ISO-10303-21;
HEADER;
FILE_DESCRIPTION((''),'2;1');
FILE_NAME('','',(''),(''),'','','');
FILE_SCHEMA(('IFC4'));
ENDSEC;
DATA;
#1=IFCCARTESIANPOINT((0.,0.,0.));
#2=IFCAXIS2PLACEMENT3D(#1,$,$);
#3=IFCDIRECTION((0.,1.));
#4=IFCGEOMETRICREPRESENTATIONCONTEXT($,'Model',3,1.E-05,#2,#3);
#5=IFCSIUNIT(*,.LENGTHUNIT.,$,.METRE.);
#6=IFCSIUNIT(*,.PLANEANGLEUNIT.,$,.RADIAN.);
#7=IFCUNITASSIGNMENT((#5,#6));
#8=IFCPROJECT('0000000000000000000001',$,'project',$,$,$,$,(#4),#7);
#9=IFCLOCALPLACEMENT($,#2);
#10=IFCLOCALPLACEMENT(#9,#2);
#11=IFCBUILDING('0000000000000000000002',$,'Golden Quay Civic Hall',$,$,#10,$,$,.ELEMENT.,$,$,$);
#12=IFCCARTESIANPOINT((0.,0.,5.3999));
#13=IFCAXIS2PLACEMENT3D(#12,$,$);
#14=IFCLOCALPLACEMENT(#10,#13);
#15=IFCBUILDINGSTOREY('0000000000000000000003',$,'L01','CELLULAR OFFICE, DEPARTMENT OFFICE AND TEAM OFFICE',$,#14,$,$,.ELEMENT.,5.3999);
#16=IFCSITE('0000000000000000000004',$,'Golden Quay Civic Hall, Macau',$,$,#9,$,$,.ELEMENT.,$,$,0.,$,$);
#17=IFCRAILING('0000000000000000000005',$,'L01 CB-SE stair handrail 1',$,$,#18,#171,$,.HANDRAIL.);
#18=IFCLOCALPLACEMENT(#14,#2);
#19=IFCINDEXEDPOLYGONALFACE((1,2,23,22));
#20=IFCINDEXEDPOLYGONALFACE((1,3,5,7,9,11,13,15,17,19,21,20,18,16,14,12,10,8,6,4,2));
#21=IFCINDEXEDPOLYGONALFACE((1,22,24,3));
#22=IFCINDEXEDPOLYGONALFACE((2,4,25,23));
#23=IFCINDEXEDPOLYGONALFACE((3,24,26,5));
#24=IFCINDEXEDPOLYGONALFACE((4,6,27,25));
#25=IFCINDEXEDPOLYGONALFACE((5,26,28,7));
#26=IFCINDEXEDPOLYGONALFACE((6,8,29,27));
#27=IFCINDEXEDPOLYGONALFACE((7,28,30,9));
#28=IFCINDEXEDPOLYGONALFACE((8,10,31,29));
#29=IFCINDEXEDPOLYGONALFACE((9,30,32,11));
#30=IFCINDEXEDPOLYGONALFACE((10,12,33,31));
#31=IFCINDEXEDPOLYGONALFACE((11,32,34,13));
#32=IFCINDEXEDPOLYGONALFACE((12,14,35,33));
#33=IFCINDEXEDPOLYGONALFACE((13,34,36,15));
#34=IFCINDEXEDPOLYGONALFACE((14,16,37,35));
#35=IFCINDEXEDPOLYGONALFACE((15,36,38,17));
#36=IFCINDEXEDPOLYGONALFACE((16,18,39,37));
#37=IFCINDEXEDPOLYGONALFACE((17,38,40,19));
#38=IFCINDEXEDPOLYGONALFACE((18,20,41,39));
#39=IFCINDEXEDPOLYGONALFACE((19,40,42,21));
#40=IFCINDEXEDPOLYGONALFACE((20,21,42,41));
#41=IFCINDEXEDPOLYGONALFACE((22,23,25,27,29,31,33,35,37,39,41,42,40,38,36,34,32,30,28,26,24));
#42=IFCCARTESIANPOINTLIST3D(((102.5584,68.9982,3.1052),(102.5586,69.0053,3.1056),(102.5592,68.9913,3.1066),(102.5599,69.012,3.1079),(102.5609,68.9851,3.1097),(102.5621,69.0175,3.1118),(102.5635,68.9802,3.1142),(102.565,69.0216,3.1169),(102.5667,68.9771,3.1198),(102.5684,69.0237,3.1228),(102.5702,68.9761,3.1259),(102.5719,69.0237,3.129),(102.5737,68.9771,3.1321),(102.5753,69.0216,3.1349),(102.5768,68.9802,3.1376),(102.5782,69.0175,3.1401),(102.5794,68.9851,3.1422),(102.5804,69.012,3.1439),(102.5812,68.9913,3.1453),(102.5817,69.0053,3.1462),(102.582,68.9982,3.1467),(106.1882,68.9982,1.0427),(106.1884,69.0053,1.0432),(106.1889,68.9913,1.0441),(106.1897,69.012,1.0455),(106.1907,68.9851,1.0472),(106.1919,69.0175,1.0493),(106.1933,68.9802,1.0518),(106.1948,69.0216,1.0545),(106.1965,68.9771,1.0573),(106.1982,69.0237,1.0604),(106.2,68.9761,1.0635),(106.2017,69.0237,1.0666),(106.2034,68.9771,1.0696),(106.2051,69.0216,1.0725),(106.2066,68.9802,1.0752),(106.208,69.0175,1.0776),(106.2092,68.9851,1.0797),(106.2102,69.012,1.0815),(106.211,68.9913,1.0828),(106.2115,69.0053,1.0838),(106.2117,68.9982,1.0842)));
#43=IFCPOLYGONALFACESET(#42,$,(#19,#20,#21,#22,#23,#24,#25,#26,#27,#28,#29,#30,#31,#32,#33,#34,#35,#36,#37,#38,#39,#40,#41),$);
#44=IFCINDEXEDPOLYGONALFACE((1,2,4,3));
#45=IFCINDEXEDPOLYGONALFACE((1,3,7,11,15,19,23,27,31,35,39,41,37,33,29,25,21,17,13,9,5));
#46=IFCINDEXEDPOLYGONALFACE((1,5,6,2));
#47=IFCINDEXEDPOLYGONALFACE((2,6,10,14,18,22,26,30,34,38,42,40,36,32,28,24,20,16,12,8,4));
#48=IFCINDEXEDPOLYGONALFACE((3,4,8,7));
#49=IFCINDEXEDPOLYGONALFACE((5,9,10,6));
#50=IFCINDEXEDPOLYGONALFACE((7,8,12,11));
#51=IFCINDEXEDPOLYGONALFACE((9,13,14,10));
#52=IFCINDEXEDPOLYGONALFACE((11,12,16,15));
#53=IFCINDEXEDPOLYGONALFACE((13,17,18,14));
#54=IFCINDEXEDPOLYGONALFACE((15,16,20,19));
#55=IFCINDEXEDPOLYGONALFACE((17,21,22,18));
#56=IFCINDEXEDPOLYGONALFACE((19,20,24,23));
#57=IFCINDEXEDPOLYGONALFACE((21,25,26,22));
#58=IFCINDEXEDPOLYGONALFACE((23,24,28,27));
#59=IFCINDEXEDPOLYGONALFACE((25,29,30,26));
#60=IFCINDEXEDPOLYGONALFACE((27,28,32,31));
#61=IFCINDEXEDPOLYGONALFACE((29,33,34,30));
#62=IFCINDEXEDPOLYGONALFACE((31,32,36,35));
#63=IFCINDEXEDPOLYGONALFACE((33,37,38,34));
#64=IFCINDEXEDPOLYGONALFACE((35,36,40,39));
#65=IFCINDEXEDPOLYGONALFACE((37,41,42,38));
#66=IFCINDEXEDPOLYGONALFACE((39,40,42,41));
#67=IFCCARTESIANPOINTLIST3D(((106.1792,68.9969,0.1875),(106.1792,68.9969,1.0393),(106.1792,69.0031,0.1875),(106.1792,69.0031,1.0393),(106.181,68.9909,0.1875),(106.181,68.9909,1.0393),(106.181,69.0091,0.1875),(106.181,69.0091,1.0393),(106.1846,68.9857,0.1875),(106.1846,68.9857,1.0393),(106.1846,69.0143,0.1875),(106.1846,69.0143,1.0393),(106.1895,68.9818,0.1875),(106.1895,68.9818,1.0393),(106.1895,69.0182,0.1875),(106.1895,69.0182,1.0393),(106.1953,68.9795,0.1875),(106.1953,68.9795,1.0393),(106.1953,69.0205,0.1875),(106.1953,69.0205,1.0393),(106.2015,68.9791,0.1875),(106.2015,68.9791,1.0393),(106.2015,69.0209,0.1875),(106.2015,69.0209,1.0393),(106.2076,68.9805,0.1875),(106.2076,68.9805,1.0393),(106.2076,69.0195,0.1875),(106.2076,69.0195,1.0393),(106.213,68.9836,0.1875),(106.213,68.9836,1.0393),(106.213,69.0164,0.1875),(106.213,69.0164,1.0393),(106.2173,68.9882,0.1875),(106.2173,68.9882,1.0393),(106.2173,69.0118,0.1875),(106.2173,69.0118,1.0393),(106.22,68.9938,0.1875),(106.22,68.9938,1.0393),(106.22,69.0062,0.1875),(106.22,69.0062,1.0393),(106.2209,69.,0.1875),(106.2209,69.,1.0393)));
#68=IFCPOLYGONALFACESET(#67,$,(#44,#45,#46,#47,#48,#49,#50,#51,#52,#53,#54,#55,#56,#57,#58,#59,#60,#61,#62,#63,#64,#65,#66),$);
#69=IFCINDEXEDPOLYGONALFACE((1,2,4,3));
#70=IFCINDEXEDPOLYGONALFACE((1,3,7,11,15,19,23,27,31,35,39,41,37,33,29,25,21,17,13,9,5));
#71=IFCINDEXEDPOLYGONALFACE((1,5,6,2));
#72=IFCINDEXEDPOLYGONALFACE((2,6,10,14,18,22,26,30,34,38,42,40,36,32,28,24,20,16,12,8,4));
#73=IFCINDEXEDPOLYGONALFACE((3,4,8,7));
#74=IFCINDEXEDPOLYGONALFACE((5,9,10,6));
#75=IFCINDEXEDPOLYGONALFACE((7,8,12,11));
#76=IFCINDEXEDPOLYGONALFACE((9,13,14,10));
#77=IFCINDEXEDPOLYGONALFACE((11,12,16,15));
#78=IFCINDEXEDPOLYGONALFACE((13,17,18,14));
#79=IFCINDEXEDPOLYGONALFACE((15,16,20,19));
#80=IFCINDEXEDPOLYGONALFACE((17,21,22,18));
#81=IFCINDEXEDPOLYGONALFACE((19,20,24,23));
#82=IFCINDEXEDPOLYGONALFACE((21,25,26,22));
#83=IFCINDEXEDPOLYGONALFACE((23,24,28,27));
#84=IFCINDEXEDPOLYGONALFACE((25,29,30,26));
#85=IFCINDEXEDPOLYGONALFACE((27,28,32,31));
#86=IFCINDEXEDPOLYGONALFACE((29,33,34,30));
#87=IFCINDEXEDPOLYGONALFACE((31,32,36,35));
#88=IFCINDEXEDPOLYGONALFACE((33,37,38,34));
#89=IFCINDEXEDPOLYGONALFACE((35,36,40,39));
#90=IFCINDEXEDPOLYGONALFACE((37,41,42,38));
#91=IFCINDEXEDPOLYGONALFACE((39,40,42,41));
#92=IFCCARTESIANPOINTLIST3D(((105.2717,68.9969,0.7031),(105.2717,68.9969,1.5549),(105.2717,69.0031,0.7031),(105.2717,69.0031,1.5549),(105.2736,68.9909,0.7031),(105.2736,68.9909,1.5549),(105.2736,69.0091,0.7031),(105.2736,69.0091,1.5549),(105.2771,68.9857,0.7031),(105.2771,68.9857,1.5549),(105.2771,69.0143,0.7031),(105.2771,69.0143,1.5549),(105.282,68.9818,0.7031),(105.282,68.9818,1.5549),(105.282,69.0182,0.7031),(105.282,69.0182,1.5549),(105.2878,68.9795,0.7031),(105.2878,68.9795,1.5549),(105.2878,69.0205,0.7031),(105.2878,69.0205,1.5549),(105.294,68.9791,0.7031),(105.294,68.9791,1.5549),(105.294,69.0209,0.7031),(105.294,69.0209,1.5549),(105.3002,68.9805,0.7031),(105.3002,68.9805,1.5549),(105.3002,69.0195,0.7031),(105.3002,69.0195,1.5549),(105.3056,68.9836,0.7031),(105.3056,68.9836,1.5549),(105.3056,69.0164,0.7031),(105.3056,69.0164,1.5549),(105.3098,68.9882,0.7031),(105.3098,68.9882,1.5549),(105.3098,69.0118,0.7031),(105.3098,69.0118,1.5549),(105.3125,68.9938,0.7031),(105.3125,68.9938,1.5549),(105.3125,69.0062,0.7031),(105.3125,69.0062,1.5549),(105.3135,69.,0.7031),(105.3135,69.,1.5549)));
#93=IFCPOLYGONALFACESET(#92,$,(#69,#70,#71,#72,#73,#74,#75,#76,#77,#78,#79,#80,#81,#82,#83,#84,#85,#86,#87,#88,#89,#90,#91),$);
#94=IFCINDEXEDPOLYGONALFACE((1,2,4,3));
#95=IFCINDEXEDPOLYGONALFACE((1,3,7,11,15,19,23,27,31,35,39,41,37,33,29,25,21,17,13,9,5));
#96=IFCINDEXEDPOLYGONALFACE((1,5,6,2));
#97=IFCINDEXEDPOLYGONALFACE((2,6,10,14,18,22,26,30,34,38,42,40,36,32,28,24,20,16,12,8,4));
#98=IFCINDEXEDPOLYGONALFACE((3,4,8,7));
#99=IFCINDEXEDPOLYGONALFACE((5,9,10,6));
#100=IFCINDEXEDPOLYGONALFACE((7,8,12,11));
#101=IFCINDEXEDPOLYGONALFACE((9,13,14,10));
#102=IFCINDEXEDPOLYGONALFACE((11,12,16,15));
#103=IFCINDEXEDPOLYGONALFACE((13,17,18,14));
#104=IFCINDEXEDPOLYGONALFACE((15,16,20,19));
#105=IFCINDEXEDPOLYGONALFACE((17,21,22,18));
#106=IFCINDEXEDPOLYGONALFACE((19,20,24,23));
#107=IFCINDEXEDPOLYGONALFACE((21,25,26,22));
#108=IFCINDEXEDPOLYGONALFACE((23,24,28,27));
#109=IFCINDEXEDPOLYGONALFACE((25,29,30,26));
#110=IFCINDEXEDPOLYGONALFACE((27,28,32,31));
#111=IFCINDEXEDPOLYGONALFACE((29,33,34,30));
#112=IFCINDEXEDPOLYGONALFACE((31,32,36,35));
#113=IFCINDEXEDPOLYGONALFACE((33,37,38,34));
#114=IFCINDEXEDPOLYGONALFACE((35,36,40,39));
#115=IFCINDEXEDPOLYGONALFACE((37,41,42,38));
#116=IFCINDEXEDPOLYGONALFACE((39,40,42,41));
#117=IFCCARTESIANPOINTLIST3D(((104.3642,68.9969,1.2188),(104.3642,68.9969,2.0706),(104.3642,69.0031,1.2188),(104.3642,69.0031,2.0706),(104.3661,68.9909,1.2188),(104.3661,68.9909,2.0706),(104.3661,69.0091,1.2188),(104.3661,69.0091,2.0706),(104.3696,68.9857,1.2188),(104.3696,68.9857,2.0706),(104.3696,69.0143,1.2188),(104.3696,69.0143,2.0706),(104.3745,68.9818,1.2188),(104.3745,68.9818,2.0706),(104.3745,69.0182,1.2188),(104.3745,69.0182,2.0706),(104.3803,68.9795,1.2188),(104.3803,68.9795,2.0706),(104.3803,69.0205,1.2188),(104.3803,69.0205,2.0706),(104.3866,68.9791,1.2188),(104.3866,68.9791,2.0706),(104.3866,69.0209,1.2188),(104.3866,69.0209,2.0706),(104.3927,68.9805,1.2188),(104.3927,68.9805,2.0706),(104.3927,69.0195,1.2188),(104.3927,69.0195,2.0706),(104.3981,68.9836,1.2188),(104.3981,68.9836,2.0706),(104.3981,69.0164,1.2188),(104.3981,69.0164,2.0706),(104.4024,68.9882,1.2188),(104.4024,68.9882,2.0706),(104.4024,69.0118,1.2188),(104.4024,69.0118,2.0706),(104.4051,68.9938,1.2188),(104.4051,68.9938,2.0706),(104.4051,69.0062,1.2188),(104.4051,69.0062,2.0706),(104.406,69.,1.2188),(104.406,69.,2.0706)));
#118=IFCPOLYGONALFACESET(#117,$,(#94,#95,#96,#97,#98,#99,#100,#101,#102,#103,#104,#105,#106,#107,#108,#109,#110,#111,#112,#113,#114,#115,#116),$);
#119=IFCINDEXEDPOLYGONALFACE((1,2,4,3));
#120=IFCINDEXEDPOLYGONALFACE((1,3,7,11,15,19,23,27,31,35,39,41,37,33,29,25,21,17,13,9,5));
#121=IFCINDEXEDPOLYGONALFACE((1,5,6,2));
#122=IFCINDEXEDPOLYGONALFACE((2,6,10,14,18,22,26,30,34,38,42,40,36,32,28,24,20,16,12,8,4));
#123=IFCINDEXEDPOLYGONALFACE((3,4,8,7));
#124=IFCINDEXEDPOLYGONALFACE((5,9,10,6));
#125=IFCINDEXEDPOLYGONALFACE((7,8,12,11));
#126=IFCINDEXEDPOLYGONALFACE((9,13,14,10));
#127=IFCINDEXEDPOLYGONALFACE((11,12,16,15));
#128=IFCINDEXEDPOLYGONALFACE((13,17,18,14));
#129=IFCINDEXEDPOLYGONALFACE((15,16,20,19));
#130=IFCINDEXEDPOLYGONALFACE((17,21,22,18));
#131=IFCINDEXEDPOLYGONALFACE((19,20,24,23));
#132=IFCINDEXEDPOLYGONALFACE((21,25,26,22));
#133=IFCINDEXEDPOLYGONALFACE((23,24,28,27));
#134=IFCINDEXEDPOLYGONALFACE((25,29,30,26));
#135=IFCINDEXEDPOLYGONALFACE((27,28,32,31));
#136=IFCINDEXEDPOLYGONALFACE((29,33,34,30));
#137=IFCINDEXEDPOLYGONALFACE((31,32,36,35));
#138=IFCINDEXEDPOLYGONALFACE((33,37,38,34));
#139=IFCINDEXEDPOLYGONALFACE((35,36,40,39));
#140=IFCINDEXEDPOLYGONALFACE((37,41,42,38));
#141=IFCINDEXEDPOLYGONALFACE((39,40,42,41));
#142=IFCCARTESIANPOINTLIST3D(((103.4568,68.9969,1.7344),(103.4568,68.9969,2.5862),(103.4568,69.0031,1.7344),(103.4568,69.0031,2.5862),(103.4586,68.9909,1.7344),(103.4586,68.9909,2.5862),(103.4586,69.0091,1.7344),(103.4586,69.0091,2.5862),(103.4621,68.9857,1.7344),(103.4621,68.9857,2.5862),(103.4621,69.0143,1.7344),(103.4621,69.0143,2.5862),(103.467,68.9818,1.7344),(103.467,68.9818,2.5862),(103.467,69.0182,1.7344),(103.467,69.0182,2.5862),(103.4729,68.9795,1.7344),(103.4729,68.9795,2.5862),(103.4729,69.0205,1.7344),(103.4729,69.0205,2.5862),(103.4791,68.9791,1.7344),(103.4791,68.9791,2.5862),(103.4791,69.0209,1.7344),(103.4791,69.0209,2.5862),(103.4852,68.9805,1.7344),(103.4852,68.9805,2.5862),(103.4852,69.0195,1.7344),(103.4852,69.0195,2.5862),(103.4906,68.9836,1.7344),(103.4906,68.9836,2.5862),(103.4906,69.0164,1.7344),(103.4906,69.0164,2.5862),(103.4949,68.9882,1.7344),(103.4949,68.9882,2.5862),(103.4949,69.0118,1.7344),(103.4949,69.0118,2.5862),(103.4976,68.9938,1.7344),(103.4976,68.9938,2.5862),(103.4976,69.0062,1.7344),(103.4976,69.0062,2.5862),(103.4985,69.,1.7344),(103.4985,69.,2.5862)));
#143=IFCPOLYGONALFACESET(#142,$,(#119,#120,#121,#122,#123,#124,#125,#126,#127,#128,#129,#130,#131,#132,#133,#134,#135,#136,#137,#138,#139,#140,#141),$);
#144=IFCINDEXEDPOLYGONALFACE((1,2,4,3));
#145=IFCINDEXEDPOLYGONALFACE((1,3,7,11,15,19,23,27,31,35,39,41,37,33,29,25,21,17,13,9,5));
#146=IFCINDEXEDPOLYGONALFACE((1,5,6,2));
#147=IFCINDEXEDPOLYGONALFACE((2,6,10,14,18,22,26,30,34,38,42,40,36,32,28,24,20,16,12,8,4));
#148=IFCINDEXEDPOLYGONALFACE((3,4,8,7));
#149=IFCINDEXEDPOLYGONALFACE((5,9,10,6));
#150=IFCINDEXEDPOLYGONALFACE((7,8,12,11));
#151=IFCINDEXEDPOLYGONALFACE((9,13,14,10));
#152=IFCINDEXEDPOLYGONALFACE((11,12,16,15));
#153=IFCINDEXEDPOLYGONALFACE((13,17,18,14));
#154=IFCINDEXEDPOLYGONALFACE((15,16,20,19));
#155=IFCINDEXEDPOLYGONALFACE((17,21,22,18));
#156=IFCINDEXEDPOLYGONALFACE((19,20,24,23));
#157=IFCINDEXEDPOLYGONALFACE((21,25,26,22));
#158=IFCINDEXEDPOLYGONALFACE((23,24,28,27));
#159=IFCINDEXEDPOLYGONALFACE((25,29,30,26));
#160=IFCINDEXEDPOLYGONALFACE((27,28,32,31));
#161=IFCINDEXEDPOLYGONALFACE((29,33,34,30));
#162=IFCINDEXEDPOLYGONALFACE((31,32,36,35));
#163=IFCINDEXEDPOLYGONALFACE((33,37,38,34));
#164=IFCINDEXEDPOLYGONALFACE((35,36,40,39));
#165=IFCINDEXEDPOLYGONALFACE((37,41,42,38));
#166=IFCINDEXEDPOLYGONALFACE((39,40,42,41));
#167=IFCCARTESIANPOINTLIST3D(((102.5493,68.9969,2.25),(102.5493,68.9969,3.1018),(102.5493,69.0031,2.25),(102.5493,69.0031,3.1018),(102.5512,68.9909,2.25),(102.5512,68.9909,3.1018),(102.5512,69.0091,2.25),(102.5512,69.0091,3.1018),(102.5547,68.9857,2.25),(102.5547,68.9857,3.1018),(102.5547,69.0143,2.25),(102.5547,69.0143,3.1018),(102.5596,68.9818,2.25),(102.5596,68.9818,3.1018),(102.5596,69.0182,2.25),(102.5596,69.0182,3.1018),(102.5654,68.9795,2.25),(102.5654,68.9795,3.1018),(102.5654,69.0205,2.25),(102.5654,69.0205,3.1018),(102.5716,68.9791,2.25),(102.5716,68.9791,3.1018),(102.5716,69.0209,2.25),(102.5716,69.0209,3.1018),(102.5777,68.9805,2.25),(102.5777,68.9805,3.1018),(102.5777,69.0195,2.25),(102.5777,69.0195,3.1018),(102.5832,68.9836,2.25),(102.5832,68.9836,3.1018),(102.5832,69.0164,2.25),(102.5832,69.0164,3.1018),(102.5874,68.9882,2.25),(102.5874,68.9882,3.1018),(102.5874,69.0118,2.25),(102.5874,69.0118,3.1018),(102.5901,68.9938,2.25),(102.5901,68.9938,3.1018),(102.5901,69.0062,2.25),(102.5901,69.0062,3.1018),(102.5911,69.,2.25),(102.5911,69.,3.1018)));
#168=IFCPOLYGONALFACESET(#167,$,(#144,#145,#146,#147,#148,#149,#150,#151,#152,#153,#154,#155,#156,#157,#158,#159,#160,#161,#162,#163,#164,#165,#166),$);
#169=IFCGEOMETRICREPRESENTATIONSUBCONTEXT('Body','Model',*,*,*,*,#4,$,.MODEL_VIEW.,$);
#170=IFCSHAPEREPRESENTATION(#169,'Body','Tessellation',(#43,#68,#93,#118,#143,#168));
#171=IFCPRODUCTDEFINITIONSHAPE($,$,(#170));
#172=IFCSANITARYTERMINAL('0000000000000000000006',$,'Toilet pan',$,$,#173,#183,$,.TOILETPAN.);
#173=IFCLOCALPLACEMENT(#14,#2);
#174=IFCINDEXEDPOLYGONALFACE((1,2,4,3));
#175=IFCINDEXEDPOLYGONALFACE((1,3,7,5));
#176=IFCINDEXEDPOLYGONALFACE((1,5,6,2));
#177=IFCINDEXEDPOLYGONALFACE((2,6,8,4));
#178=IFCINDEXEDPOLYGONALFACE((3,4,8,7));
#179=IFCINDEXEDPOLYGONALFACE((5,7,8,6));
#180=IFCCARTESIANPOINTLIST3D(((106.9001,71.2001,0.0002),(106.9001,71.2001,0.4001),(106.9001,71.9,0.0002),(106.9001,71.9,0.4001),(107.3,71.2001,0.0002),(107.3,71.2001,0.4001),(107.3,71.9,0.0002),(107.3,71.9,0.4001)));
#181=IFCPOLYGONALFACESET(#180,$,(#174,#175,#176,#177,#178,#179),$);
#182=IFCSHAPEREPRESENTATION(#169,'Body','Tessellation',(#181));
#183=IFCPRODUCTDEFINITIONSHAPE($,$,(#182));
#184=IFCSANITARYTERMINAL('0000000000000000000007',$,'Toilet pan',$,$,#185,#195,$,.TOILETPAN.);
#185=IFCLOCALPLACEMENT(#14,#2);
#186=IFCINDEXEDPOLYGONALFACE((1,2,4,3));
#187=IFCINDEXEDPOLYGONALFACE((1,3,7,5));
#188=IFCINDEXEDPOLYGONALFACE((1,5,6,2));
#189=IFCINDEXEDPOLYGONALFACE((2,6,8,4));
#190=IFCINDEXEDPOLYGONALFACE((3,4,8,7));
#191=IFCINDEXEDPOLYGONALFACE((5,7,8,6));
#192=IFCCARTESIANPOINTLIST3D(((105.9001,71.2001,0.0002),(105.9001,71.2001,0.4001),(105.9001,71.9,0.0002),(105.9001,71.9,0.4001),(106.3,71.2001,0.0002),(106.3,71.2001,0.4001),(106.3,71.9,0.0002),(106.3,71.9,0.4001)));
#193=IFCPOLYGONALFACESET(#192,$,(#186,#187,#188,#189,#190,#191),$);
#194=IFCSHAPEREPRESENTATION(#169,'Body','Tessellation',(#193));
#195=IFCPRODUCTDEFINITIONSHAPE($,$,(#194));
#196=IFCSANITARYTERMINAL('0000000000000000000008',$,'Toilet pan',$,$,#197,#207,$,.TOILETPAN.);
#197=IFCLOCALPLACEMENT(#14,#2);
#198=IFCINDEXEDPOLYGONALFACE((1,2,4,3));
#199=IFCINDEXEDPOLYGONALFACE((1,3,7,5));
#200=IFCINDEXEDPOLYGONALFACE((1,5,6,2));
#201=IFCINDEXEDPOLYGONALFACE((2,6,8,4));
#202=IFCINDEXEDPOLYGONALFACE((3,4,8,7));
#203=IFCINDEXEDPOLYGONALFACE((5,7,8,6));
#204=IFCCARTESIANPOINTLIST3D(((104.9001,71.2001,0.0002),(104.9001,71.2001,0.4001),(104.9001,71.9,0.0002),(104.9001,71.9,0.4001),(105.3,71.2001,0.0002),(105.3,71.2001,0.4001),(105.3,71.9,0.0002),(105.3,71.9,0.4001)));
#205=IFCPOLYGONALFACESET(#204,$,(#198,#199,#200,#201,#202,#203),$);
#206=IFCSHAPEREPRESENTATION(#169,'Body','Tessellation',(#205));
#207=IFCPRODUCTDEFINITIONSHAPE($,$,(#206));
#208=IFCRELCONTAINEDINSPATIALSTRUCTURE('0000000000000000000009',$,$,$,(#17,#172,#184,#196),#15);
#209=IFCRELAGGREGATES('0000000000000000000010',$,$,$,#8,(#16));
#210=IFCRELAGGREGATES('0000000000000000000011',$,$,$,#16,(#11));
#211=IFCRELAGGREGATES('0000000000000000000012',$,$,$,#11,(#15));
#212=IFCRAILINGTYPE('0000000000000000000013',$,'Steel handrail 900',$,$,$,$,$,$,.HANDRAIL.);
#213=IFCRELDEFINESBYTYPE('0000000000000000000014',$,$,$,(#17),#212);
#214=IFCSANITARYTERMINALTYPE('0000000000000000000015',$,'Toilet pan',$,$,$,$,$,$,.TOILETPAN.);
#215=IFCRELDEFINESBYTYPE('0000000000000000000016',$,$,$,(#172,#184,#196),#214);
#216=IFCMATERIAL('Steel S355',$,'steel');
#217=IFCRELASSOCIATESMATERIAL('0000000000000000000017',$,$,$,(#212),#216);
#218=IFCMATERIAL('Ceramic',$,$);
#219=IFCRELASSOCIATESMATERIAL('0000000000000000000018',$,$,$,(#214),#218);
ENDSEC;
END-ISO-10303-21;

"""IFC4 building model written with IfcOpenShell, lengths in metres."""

from ifc_helpers import new_model, si_unit, direction, frame, origin, origin_2d, place, context, subcontext, project, spatial, rectangle, circle, extrude, material, type_object, element, save


model = new_model("IFC4")

# Units and contexts
model_context = context("Model", 3, precision=1e-05, world=origin(), true_north=direction((0.0, 1.0)))
body_context = subcontext(model_context, "Body", "Model", "MODEL_VIEW")
ifc_project = project(units=[si_unit("LENGTHUNIT", "METRE"), si_unit("PLANEANGLEUNIT", "RADIAN")], contexts=[model_context])

# Site, building, storey
site_placement = place(None, origin())
site = spatial("IfcSite", under=ifc_project, at=site_placement, Name="Golden Quay Civic Hall, Macau", CompositionType="ELEMENT", RefElevation=0.0)
building_placement = place(site_placement, origin())
building = spatial("IfcBuilding", under=site, at=building_placement, Name="Golden Quay Civic Hall", CompositionType="ELEMENT")
storey_placement = place(building_placement, frame((0.0, 0.0, 5.3999)))
storey = spatial("IfcBuildingStorey", under=building, at=storey_placement, Name="L01", Description="CELLULAR OFFICE, DEPARTMENT OFFICE AND TEAM OFFICE", CompositionType="ELEMENT", Elevation=5.3999)

# Railing
ifc_material_1 = material(Name="Steel S355", Category="steel")
railing_type = type_object("IfcRailingType", Name="Steel handrail 900", PredefinedType="HANDRAIL", material=ifc_material_1)
railing_placement = place(storey_placement, frame((106.2, 69.0, 0.1875)))
element("IfcRailing", 1, at=railing_placement, inside=storey, type_object=railing_type, Name="L01 CB-SE stair handrail 1", PredefinedType="HANDRAIL", context=body_context, shape_type="SweptSolid", body=[
    extrude(circle(Radius=0.0239, at=origin_2d()), frame((0.0, 0.0, 0.876), z_axis=(-0.86945, 0.0, 0.494021), x_axis=(0.0, -1.0, 0.0)), (0.0, 0.0, 1.0), 4.1748),
    extrude(circle(Radius=0.021, at=origin_2d()), origin(), (0.0, 0.0, 1.0), 0.8518),
    extrude(circle(Radius=0.021, at=origin_2d()), frame((-0.9075, 0.0, 0.5156)), (0.0, 0.0, 1.0), 0.8518),
    extrude(circle(Radius=0.021, at=origin_2d()), frame((-1.8149, 0.0, 1.0312)), (0.0, 0.0, 1.0), 0.8518),
    extrude(circle(Radius=0.021, at=origin_2d()), frame((-2.7224, 0.0, 1.5469)), (0.0, 0.0, 1.0), 0.8518),
    extrude(circle(Radius=0.021, at=origin_2d()), frame((-3.6299, 0.0, 2.0625)), (0.0, 0.0, 1.0), 0.8518),
])

# Sanitary terminals
ifc_material_2 = material(Name="Ceramic")
sanitary_terminal_type = type_object("IfcSanitaryTerminalType", Name="Toilet pan", PredefinedType="TOILETPAN", material=ifc_material_2)
for number, where, z_axis, x_axis, name in (
    (2, (107.1001, 71.55, 0.0002), (0.0, 0.0, 1.0), (1.0, 0.0, 0.0), "Toilet pan"),
    (3, (106.1001, 71.55, 0.0002), (0.0, 0.0, 1.0), (1.0, 0.0, 0.0), "Toilet pan"),
    (4, (105.1001, 71.55, 0.0002), (0.0, 0.0, 1.0), (1.0, 0.0, 0.0), "Toilet pan"),
):
    element("IfcSanitaryTerminal", number, at=place(storey_placement, frame(where, z_axis=z_axis, x_axis=x_axis)), inside=storey, type_object=sanitary_terminal_type, Name=name, PredefinedType="TOILETPAN", context=body_context, shape_type="SweptSolid", body=[
        extrude(rectangle(XDim=0.3999, YDim=0.7, at=origin_2d()), origin(), (0.0, 0.0, 1.0), 0.3999),
    ])

save(model, "model.ifc")
